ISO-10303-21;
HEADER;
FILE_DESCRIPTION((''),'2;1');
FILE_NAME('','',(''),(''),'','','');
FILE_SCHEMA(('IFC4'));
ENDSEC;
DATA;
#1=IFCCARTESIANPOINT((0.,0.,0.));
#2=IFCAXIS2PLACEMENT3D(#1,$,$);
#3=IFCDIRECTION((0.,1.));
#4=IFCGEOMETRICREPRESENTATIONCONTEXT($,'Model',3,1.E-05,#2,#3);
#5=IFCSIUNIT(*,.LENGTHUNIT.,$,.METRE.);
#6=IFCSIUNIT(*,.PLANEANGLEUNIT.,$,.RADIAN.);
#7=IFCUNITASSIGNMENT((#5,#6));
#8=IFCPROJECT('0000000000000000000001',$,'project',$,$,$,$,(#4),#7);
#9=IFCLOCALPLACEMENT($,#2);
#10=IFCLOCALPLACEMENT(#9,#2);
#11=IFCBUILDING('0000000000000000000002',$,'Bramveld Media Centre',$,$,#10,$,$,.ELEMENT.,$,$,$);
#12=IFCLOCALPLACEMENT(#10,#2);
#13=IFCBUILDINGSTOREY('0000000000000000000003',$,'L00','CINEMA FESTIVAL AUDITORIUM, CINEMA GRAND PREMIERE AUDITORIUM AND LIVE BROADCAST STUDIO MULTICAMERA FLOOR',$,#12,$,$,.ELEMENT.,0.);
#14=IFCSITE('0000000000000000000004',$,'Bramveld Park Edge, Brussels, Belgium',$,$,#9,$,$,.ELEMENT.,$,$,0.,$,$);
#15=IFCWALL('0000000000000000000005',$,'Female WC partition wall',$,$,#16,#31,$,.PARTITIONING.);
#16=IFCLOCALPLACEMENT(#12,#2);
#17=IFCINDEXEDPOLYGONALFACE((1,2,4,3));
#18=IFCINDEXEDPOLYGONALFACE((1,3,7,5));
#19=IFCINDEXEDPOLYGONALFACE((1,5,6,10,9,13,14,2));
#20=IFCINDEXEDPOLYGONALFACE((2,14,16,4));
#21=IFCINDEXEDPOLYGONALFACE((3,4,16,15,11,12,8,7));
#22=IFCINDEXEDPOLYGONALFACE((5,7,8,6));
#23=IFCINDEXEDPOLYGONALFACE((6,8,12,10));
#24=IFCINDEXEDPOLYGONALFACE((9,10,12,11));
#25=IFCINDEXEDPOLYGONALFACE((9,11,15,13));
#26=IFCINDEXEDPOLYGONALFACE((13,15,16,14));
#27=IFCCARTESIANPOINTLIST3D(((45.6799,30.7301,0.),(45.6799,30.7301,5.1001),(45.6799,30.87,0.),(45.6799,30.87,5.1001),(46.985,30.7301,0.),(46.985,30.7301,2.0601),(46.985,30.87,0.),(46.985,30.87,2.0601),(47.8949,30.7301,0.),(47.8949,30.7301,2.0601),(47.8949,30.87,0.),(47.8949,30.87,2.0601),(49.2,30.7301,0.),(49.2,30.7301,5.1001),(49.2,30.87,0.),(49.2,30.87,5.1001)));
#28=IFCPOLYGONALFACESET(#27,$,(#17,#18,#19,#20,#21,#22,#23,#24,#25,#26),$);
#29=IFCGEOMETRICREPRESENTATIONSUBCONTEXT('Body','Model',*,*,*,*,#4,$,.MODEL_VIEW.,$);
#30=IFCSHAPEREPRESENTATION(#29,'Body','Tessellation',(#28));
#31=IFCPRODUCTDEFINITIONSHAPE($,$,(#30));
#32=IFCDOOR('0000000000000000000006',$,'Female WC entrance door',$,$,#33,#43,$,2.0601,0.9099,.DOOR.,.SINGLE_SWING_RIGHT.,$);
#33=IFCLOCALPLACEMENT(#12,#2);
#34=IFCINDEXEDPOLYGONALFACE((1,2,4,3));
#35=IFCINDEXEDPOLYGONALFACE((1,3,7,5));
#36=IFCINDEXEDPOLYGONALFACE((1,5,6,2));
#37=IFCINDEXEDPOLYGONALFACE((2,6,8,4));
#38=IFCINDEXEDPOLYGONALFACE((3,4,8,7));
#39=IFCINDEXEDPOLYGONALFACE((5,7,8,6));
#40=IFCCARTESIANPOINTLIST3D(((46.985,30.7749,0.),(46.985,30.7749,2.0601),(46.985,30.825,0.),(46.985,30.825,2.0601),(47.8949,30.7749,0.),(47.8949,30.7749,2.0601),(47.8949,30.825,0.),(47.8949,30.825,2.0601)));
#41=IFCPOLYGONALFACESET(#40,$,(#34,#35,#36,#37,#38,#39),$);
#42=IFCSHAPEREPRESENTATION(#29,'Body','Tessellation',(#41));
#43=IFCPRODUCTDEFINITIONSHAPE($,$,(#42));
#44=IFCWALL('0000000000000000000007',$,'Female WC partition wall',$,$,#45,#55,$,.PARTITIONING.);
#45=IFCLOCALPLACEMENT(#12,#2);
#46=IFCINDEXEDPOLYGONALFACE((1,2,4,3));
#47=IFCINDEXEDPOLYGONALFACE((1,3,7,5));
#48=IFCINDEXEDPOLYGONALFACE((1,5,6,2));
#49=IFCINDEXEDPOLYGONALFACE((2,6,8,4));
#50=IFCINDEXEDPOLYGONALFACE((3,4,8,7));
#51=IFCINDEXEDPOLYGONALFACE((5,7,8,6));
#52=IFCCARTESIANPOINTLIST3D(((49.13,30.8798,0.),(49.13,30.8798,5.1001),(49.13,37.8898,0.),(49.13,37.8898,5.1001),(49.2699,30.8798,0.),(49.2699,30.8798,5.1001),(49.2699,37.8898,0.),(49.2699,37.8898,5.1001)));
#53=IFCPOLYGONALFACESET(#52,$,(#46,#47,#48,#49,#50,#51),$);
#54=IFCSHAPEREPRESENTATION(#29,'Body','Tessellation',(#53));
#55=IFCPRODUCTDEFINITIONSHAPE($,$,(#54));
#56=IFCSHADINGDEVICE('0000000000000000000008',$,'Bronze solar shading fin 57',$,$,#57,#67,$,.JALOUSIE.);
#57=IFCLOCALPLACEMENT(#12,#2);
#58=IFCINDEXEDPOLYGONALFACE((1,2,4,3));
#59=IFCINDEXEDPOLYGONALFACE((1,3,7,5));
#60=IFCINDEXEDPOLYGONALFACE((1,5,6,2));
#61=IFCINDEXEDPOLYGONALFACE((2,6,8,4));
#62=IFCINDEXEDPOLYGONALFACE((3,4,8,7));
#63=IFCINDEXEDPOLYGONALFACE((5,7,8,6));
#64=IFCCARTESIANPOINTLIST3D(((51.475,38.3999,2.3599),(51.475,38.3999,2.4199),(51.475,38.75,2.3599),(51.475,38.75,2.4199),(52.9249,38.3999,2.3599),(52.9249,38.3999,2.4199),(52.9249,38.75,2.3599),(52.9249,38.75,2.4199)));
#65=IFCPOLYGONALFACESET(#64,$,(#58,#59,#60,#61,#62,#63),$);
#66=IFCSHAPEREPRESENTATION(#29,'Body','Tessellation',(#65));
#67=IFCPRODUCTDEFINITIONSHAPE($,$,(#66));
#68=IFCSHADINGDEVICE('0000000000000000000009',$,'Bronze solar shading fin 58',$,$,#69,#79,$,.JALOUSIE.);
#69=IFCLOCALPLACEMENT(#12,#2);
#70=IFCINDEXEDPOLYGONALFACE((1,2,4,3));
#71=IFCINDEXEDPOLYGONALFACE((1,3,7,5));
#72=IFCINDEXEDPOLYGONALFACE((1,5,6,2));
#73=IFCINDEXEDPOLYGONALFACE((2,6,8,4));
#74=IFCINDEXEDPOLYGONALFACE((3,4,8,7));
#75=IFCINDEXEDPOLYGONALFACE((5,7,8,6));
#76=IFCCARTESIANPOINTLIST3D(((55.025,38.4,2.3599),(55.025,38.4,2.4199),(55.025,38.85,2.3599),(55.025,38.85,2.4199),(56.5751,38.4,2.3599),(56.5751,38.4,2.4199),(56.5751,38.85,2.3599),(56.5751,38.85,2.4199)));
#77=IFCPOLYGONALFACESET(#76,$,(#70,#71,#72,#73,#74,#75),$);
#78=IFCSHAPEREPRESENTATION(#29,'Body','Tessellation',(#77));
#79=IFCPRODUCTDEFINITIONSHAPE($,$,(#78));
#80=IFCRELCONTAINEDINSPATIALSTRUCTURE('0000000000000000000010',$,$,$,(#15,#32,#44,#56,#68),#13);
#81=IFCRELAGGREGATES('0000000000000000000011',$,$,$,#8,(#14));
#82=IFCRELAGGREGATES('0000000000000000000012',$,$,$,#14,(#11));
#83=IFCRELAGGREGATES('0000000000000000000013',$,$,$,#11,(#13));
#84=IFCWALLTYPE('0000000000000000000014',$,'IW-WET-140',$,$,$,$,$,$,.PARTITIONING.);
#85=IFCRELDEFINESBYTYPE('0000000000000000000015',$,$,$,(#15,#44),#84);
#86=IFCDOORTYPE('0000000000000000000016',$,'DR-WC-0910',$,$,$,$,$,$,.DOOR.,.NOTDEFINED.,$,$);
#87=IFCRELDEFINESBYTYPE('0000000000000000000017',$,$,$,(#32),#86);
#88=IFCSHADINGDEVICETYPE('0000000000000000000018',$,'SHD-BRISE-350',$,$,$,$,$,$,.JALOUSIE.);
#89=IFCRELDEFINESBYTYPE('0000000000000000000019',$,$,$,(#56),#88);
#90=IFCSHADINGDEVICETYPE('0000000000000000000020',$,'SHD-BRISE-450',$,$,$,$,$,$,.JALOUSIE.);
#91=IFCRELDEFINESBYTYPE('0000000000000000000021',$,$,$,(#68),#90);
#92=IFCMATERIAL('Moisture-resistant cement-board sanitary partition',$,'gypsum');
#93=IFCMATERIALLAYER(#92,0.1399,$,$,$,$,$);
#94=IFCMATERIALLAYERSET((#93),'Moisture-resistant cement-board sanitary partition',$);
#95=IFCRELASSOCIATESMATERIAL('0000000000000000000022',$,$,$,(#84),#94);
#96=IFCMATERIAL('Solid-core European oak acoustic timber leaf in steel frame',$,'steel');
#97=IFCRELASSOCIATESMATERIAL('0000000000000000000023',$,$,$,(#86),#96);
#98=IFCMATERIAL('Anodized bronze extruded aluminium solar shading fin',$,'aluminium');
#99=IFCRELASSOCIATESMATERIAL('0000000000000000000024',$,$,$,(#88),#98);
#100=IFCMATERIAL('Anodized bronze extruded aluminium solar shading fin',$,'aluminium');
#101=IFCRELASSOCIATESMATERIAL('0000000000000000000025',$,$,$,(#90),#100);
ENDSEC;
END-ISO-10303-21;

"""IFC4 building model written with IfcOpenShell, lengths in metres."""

from ifc_helpers import new_model, si_unit, direction, frame, frame_2d, origin, origin_2d, place, context, subcontext, project, spatial, rectangle, extrude, material, layer, layer_set, type_object, element, fill, save


model = new_model("IFC4")

# Units and contexts
model_context = context("Model", 3, precision=1e-05, world=origin(), true_north=direction((0.0, 1.0)))
body_context = subcontext(model_context, "Body", "Model", "MODEL_VIEW")
ifc_project = project(units=[si_unit("LENGTHUNIT", "METRE"), si_unit("PLANEANGLEUNIT", "RADIAN")], contexts=[model_context])

# Site, building, storey
site_placement = place(None, origin())
site = spatial("IfcSite", under=ifc_project, at=site_placement, Name="Bramveld Park Edge, Brussels, Belgium", CompositionType="ELEMENT", RefElevation=0.0)
building_placement = place(site_placement, origin())
building = spatial("IfcBuilding", under=site, at=building_placement, Name="Bramveld Media Centre", CompositionType="ELEMENT")
storey_placement = place(building_placement, origin())
storey = spatial("IfcBuildingStorey", under=building, at=storey_placement, Name="L00", Description="CINEMA FESTIVAL AUDITORIUM, CINEMA GRAND PREMIERE AUDITORIUM AND LIVE BROADCAST STUDIO MULTICAMERA FLOOR", CompositionType="ELEMENT", Elevation=0.0)

# Wall, opening, door
ifc_material_1 = material(Name="Moisture-resistant cement-board sanitary partition", Category="gypsum")
ifc_layer_1 = layer(ifc_material_1, 0.1399)
ifc_layer_set_1 = layer_set([ifc_layer_1], Name="Moisture-resistant cement-board sanitary partition")
wall_type_1 = type_object("IfcWallType", Name="IW-WET-140", PredefinedType="PARTITIONING", material=ifc_layer_set_1)
wall_1_placement = place(storey_placement, frame((45.6799, 30.8, 0.0), z_axis=(0.0, 0.0, 1.0), x_axis=(1.0, 0.0, 0.0)))
wall_1 = element("IfcWall", 1, at=wall_1_placement, inside=storey, type_object=wall_type_1, Name="Female WC partition wall", PredefinedType="PARTITIONING", context=body_context, shape_type="SweptSolid", body=[
    extrude(rectangle(XDim=3.52, YDim=0.1399, at=frame_2d((1.76, 0.0))), origin(), (0.0, 0.0, 1.0), 5.1001),
])
opening_1_placement = place(wall_1_placement, frame((1.3049, 0.0, 0.0)))
opening_1 = element("IfcOpeningElement", 2, at=opening_1_placement, cuts=wall_1, PredefinedType="OPENING", context=body_context, shape_type="SweptSolid", body=[
    extrude(rectangle(XDim=0.9099, YDim=2.0601, at=frame_2d((0.4551, 1.03))), frame((0.0, 0.082, 0.0), z_axis=(0.0, -1.0, 0.0), x_axis=(1.0, 0.0, 0.0)), (0.0, 0.0, 1.0), 0.1638),
])
ifc_material_2 = material(Name="Solid-core European oak acoustic timber leaf in steel frame", Category="steel")
door_type_1 = type_object("IfcDoorType", Name="DR-WC-0910", OperationType="NOTDEFINED", PredefinedType="DOOR", material=ifc_material_2)
door_1_placement = place(opening_1_placement, origin())
door_1 = element("IfcDoor", 3, at=door_1_placement, inside=storey, type_object=door_type_1, Name="Female WC entrance door", OperationType="SINGLE_SWING_RIGHT", OverallHeight=2.0601, OverallWidth=0.9099, PredefinedType="DOOR", context=body_context, shape_type="SweptSolid", body=[
    extrude(rectangle(XDim=0.9099, YDim=2.0601, at=frame_2d((0.4551, 1.03))), frame((0.0, 0.0249, 0.0), z_axis=(0.0, -1.0, 0.0), x_axis=(1.0, 0.0, 0.0)), (0.0, 0.0, 1.0), 0.05),
])
fill(opening_1, door_1)

# Wall
wall_2_placement = place(storey_placement, frame((49.2, 30.8799, 0.0), z_axis=(0.0, 0.0, 1.0), x_axis=(0.0, 1.0, 0.0)))
element("IfcWall", 4, at=wall_2_placement, inside=storey, type_object=wall_type_1, Name="Female WC partition wall", PredefinedType="PARTITIONING", context=body_context, shape_type="SweptSolid", body=[
    extrude(rectangle(XDim=7.01, YDim=0.1399, at=frame_2d((3.5049, 0.0))), origin(), (0.0, 0.0, 1.0), 5.1001),
])

# Shading devices
ifc_material_3 = material(Name="Anodized bronze extruded aluminium solar shading fin", Category="aluminium")
shading_device_type_1 = type_object("IfcShadingDeviceType", Name="SHD-BRISE-350", PredefinedType="JALOUSIE", material=ifc_material_3)
shading_device_1_placement = place(storey_placement, frame((52.2, 38.575, 2.3599), z_axis=(0.0, 0.0, 1.0), x_axis=(1.0, 0.0, 0.0)))
element("IfcShadingDevice", 5, at=shading_device_1_placement, inside=storey, type_object=shading_device_type_1, Name="Bronze solar shading fin 57", PredefinedType="JALOUSIE", context=body_context, shape_type="SweptSolid", body=[
    extrude(rectangle(XDim=1.45, YDim=0.3501, at=origin_2d()), origin(), (0.0, 0.0, 1.0), 0.0601),
])
ifc_material_4 = material(Name="Anodized bronze extruded aluminium solar shading fin", Category="aluminium")
shading_device_type_2 = type_object("IfcShadingDeviceType", Name="SHD-BRISE-450", PredefinedType="JALOUSIE", material=ifc_material_4)
shading_device_2_placement = place(storey_placement, frame((55.8, 38.625, 2.3599), z_axis=(0.0, 0.0, 1.0), x_axis=(1.0, 0.0, 0.0)))
element("IfcShadingDevice", 6, at=shading_device_2_placement, inside=storey, type_object=shading_device_type_2, Name="Bronze solar shading fin 58", PredefinedType="JALOUSIE", context=body_context, shape_type="SweptSolid", body=[
    extrude(rectangle(XDim=1.55, YDim=0.45, at=origin_2d()), origin(), (0.0, 0.0, 1.0), 0.0601),
])

save(model, "model.ifc")
